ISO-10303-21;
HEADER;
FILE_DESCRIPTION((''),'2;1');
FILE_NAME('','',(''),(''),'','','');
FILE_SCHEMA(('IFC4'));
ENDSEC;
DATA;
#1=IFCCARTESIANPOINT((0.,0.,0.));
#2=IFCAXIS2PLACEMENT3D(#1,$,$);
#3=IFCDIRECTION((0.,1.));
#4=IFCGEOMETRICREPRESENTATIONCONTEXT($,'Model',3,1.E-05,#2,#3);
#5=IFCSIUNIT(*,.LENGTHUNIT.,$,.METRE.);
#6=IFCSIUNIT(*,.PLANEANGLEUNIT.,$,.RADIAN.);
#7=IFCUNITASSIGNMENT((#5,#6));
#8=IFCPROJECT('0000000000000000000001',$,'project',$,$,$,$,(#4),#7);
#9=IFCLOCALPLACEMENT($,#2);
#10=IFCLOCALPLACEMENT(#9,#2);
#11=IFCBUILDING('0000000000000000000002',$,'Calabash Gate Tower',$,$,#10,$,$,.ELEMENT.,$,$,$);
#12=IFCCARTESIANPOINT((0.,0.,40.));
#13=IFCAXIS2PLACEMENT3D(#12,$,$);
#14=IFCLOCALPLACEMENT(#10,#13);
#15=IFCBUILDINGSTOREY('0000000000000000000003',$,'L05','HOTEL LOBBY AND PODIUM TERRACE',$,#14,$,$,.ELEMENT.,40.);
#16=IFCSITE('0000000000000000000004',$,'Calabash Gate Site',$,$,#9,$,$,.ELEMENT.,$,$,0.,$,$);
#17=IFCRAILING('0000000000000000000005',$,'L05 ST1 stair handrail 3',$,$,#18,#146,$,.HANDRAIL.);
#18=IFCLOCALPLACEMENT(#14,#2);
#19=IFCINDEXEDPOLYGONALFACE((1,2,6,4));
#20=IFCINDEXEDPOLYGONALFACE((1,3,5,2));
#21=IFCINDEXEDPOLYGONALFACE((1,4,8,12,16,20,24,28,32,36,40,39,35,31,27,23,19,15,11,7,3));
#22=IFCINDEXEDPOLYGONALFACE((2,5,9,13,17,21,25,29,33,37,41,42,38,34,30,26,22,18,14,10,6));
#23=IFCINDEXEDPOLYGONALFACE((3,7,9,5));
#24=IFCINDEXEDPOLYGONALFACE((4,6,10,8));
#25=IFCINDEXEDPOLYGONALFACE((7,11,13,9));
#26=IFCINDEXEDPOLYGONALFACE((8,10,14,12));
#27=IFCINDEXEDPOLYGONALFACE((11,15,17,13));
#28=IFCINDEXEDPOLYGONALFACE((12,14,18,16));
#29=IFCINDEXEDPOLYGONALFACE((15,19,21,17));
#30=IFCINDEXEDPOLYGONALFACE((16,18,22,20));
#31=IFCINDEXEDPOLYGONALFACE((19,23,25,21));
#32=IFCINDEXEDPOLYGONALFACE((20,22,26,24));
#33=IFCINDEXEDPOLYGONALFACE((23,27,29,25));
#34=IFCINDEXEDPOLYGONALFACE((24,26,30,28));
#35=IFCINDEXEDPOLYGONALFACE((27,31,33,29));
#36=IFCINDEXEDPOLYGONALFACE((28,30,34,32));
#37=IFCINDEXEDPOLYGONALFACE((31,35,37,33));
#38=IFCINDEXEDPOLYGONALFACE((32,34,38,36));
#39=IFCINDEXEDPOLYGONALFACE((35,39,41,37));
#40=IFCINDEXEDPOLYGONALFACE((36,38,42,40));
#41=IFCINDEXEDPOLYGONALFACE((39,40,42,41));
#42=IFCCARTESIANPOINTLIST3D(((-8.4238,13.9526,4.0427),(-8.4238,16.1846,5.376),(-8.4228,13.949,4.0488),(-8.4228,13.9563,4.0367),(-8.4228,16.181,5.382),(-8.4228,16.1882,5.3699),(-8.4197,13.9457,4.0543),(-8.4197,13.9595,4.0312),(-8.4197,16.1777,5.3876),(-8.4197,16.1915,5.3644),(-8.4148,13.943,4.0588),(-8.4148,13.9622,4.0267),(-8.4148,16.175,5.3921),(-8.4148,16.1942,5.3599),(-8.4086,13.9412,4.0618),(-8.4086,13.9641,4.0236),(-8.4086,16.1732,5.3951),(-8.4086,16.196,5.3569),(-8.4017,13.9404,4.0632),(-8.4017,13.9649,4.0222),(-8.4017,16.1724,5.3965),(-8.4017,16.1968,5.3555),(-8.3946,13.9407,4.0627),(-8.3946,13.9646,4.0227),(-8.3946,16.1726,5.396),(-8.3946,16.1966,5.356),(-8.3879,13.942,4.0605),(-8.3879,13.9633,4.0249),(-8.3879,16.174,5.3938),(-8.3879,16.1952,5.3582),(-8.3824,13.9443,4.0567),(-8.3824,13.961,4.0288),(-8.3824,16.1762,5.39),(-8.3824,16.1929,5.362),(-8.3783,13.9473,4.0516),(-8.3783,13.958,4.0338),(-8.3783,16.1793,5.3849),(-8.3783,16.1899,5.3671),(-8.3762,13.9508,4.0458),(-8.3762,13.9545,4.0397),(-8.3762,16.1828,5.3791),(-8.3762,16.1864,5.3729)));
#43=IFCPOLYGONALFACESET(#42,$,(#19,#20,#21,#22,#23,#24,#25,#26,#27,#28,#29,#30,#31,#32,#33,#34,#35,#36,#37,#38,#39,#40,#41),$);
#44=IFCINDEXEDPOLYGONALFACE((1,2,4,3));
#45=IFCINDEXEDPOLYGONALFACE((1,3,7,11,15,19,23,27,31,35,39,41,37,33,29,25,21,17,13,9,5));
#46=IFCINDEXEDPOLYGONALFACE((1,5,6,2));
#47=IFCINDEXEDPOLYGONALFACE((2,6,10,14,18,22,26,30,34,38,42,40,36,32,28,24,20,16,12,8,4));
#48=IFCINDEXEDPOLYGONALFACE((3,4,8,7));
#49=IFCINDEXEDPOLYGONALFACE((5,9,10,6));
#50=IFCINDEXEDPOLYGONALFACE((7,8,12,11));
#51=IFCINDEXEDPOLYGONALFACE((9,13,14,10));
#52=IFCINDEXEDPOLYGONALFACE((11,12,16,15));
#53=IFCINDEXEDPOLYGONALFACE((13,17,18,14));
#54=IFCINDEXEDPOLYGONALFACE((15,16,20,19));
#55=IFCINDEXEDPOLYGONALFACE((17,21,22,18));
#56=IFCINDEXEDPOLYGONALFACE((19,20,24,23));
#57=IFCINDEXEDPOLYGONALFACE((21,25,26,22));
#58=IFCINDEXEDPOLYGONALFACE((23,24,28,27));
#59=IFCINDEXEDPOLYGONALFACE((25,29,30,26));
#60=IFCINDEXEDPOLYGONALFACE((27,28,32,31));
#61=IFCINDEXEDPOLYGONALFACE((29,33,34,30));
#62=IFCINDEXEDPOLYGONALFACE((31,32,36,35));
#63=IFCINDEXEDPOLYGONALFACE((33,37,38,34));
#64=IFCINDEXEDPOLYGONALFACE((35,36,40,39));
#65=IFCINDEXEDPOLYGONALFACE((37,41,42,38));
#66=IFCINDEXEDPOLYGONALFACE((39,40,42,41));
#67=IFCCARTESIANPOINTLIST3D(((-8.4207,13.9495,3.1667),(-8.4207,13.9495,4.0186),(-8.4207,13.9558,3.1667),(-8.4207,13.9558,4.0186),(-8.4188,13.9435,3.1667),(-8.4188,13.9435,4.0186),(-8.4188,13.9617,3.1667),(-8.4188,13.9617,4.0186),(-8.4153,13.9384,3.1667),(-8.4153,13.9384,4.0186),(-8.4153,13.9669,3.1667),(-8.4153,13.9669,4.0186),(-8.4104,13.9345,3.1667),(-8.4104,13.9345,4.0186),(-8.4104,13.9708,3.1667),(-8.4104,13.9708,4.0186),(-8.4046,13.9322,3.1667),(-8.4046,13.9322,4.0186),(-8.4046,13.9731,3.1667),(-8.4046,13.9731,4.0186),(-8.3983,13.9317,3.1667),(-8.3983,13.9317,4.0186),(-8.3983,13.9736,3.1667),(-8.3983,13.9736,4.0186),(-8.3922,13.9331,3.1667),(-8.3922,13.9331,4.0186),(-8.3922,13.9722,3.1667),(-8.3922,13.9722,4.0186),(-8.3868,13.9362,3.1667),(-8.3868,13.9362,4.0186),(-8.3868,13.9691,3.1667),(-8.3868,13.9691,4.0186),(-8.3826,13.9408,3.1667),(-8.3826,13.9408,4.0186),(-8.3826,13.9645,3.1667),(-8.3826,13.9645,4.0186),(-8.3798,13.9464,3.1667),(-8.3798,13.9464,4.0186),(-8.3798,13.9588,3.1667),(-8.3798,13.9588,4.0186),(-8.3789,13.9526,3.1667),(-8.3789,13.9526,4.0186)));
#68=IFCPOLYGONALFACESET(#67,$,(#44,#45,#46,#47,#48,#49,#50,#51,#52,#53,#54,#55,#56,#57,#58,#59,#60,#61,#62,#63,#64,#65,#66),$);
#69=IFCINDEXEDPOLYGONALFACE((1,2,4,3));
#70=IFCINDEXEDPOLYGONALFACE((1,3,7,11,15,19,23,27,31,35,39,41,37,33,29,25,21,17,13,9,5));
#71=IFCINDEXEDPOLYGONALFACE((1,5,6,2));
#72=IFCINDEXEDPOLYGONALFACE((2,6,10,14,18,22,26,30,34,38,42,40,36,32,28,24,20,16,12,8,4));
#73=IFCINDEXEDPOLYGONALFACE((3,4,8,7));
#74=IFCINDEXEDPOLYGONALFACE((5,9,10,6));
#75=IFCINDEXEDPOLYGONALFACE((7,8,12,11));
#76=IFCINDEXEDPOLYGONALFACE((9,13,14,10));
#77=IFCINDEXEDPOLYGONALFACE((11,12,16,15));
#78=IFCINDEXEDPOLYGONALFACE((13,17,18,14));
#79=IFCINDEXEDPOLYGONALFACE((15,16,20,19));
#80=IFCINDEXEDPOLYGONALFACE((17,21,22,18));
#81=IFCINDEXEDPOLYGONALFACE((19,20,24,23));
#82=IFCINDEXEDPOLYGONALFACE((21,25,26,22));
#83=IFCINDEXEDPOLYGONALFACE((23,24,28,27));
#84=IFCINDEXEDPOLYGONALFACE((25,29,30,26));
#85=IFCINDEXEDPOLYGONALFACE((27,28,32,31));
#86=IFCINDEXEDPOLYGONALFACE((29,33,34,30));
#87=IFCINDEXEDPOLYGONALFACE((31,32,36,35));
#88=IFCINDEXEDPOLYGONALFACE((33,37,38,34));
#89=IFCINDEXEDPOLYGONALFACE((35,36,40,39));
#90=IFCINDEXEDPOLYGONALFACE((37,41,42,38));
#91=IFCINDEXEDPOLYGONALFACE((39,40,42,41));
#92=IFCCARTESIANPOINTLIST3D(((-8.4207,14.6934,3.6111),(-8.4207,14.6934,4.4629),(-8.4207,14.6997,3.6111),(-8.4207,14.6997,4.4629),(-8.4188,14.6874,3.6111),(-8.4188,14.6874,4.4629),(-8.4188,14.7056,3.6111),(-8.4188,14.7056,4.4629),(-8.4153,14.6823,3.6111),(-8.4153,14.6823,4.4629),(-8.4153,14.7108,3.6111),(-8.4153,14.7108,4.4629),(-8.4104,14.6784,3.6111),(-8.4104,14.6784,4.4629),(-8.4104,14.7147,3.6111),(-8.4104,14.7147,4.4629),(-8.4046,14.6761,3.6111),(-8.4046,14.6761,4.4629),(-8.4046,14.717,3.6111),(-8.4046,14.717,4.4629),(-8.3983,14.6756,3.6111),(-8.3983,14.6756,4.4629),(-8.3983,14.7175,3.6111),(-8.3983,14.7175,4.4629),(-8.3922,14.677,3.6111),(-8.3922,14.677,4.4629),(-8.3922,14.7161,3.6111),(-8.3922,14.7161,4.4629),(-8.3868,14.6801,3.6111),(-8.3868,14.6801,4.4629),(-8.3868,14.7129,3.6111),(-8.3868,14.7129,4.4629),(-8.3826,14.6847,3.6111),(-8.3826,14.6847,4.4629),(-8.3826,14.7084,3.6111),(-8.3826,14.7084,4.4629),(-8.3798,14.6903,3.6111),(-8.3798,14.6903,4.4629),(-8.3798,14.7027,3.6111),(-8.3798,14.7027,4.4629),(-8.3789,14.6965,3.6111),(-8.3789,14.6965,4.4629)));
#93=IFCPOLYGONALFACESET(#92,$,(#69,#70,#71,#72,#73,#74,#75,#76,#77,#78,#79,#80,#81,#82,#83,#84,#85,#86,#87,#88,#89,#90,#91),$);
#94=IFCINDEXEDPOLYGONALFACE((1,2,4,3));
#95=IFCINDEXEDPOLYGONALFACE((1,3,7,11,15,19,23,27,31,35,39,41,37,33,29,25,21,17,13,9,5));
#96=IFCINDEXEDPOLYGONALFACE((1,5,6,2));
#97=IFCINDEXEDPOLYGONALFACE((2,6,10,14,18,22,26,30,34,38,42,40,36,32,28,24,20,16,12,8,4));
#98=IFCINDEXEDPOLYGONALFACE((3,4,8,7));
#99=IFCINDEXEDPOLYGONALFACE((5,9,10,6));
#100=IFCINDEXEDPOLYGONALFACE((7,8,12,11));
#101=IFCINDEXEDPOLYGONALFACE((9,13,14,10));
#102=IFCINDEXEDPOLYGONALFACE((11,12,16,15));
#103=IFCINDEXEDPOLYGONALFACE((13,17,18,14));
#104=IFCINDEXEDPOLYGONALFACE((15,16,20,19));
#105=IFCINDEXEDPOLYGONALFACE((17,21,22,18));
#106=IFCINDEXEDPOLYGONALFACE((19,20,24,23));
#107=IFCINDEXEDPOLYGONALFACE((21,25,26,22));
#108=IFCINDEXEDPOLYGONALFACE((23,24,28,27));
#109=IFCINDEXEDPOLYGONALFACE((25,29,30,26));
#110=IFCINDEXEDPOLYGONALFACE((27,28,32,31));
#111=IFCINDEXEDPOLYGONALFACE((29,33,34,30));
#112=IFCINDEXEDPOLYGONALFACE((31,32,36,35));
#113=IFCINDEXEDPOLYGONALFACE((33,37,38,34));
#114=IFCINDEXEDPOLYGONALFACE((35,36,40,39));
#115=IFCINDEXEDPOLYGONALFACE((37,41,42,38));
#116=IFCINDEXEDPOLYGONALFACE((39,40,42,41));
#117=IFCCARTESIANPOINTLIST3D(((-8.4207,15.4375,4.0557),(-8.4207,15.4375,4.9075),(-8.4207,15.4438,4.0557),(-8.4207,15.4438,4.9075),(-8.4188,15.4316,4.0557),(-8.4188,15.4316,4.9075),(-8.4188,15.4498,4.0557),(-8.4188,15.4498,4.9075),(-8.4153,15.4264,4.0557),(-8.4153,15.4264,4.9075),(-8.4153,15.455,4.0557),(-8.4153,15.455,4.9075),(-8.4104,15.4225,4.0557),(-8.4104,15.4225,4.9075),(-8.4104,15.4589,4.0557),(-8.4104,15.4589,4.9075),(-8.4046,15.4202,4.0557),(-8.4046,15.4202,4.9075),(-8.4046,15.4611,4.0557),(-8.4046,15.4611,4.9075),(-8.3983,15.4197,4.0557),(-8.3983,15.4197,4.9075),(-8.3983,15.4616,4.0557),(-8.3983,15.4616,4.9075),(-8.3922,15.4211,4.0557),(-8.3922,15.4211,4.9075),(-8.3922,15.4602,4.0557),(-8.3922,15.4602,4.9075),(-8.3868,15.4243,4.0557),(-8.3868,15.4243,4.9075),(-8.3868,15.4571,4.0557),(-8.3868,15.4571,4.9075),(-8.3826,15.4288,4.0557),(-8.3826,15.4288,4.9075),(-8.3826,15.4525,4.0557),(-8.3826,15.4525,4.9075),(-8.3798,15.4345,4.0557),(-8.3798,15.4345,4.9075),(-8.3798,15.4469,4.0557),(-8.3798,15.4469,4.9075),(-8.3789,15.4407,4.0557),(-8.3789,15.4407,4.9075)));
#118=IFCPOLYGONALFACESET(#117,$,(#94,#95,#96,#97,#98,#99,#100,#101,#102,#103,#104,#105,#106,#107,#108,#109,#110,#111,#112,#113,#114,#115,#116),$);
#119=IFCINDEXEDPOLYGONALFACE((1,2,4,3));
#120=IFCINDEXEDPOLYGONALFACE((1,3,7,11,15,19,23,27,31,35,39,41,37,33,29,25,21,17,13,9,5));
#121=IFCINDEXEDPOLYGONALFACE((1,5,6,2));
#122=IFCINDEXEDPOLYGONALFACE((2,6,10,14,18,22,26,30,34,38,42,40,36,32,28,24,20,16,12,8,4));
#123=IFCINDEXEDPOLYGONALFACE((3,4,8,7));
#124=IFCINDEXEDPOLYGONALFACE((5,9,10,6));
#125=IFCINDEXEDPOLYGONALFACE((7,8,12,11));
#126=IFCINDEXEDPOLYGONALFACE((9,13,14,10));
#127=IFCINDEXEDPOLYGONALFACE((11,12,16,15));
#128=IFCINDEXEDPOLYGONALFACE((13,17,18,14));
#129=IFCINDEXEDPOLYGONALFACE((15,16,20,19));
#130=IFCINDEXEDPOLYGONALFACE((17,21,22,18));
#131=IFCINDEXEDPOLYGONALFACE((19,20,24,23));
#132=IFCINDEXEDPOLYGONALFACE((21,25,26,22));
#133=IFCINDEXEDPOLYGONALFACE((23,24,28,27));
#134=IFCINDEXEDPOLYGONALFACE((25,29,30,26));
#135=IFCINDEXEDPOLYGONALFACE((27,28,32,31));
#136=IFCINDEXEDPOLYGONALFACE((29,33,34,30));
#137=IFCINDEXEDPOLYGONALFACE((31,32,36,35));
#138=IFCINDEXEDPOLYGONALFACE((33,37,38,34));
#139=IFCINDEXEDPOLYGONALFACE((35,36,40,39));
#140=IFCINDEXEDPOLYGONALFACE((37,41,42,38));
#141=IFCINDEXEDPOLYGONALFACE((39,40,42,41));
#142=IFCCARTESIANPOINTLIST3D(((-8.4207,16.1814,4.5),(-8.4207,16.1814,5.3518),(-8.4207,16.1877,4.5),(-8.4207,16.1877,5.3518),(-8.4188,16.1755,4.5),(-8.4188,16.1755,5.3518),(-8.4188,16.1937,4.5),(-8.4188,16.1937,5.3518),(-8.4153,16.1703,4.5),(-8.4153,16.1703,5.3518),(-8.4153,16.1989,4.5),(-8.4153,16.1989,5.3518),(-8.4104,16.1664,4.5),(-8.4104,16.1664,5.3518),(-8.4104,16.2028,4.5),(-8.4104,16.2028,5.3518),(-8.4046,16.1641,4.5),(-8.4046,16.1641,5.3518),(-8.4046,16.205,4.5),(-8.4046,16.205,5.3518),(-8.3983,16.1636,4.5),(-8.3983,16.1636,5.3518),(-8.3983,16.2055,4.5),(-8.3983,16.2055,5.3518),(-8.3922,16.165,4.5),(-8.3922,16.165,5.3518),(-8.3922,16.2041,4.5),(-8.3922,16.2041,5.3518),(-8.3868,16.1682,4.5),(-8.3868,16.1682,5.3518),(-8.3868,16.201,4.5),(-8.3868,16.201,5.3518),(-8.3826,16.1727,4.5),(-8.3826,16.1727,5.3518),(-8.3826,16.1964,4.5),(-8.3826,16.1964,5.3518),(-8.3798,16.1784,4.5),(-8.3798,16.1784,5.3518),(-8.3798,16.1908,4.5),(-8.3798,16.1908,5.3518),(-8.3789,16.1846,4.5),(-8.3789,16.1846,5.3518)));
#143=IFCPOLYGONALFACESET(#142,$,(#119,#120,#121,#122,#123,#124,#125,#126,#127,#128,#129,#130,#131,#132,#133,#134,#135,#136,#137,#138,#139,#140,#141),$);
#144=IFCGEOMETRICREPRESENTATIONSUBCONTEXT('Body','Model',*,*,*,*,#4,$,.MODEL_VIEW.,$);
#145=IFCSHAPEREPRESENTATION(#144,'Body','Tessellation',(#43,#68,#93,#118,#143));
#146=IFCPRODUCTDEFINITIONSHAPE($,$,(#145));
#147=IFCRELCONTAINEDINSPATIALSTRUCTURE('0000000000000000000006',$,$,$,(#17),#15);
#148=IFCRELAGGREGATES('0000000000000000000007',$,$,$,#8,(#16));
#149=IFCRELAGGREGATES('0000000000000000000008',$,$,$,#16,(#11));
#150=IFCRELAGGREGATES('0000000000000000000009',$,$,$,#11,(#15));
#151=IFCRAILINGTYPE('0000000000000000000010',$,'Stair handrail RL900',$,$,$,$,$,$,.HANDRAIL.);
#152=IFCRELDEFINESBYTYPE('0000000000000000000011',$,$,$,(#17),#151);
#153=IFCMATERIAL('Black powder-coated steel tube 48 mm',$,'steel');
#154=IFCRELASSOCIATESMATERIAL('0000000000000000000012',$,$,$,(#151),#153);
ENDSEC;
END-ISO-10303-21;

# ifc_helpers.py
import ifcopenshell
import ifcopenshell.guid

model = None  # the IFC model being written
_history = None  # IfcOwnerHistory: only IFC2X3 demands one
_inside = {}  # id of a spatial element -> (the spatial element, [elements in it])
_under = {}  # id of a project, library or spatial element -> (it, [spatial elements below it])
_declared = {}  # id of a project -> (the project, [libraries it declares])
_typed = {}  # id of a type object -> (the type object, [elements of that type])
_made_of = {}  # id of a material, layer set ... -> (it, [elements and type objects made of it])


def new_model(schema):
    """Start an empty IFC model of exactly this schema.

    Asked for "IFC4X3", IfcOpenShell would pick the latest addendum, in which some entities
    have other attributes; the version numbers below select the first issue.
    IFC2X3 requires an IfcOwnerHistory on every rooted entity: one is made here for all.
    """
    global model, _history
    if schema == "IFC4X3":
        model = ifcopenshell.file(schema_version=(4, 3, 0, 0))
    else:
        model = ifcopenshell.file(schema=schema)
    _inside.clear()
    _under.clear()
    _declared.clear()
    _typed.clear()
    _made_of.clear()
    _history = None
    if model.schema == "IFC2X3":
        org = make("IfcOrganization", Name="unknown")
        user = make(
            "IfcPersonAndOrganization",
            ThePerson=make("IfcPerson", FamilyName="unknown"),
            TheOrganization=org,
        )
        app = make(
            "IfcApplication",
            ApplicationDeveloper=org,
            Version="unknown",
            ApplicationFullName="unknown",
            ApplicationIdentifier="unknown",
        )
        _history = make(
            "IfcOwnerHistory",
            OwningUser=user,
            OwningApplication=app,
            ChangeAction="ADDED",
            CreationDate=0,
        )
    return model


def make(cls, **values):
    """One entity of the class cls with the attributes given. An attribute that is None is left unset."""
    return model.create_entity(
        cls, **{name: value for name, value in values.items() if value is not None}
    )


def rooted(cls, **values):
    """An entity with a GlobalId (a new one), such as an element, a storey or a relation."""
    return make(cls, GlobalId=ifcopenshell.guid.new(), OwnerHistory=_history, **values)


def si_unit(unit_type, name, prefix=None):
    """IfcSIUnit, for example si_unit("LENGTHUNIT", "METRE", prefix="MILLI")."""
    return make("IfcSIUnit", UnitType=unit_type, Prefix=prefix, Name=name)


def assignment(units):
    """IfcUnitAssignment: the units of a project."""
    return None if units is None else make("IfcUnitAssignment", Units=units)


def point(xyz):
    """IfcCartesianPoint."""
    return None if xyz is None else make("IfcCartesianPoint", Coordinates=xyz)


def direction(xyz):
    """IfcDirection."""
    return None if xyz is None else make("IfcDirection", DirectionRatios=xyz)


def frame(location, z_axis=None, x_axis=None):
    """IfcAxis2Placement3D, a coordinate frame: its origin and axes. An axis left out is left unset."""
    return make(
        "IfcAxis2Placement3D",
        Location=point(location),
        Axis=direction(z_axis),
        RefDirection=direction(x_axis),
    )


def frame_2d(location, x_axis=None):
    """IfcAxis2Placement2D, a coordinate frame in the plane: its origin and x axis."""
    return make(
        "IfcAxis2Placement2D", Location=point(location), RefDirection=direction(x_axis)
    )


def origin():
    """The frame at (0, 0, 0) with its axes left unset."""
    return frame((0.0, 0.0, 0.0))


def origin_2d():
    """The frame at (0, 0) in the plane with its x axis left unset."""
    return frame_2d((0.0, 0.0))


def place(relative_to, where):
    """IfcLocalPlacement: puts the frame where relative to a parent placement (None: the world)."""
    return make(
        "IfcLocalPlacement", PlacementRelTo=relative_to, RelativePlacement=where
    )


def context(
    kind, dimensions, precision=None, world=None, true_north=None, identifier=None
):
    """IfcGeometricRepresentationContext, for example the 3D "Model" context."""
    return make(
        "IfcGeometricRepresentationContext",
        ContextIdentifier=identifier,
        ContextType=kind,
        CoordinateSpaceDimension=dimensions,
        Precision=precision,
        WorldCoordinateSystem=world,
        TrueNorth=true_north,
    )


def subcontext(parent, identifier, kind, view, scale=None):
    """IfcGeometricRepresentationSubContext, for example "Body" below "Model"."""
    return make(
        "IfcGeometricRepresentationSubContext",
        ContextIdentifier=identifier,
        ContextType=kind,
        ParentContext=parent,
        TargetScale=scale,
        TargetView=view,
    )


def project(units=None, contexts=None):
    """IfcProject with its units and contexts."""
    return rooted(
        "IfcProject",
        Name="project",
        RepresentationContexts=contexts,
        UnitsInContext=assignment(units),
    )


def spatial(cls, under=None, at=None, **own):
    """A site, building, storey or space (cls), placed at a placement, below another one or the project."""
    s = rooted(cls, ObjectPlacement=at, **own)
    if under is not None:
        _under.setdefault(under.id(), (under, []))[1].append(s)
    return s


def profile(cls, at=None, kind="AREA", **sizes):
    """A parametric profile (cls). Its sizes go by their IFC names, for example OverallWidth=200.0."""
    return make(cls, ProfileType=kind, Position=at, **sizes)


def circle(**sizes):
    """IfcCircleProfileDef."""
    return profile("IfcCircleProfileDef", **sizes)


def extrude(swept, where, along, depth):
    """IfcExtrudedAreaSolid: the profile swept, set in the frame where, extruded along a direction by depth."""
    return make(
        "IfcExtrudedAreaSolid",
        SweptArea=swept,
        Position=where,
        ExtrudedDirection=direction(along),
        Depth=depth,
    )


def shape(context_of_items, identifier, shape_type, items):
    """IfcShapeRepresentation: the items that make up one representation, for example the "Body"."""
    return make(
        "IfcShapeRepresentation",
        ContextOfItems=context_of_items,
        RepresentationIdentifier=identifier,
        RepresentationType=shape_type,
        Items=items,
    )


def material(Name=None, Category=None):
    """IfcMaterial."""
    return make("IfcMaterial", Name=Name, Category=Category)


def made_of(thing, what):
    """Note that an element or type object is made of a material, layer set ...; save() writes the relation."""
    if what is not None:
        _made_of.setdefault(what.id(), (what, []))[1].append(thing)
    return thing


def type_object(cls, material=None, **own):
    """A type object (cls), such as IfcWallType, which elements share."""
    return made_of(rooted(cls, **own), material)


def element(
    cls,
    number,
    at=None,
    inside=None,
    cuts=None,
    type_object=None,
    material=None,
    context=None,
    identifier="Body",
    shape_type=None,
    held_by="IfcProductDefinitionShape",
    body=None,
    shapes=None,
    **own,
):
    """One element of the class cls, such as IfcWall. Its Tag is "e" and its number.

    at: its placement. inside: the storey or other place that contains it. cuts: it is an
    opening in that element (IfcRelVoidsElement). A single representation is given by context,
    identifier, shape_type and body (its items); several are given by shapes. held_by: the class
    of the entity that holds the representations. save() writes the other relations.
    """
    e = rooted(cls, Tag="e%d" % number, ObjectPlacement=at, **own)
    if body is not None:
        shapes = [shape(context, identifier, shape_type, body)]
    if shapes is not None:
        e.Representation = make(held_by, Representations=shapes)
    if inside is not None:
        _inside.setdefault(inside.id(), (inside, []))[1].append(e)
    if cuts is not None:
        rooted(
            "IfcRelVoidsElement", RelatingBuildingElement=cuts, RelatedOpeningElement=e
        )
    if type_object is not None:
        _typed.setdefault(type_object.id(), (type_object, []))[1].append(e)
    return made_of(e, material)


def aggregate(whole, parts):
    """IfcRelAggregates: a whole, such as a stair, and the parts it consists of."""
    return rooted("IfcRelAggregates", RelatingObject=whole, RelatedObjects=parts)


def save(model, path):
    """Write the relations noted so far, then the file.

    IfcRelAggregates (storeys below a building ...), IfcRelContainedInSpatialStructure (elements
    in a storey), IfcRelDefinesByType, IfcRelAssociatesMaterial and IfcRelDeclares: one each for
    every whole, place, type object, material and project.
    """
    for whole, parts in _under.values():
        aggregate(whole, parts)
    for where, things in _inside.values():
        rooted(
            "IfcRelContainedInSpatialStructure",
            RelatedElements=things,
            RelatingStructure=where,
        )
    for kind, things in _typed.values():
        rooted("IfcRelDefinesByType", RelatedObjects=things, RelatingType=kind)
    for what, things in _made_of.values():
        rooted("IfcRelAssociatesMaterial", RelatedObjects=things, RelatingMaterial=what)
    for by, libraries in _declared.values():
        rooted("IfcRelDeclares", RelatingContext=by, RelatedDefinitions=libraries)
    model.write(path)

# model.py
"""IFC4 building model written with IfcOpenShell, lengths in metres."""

from ifc_helpers import new_model, si_unit, direction, frame, origin, origin_2d, place, context, subcontext, project, spatial, circle, extrude, material, type_object, element, save


model = new_model("IFC4")

# Units and contexts
model_context = context("Model", 3, precision=1e-05, world=origin(), true_north=direction((0.0, 1.0)))
body_context = subcontext(model_context, "Body", "Model", "MODEL_VIEW")
ifc_project = project(units=[si_unit("LENGTHUNIT", "METRE"), si_unit("PLANEANGLEUNIT", "RADIAN")], contexts=[model_context])

# Site, building, storey
site_placement = place(None, origin())
site = spatial("IfcSite", under=ifc_project, at=site_placement, Name="Calabash Gate Site", CompositionType="ELEMENT", RefElevation=0.0)
building_placement = place(site_placement, origin())
building = spatial("IfcBuilding", under=site, at=building_placement, Name="Calabash Gate Tower", CompositionType="ELEMENT")
storey_placement = place(building_placement, frame((0.0, 0.0, 40.0)))
storey = spatial("IfcBuildingStorey", under=building, at=storey_placement, Name="L05", Description="HOTEL LOBBY AND PODIUM TERRACE", CompositionType="ELEMENT", Elevation=40.0)

# Railing
ifc_material_1 = material(Name="Black powder-coated steel tube 48 mm", Category="steel")
railing_type = type_object("IfcRailingType", Name="Stair handrail RL900", PredefinedType="HANDRAIL", material=ifc_material_1)
for number, where, name in (
    (1, (-8.3999, 13.9526, 3.1667), "L05 ST1 stair handrail 3"),
):
    element("IfcRailing", number, at=place(storey_placement, frame(where)), inside=storey, type_object=railing_type, Name=name, PredefinedType="HANDRAIL", context=body_context, shape_type="SweptSolid", body=[
        extrude(circle(Radius=0.0239, at=origin_2d()), frame((0.0, 0.0, 0.876), z_axis=(0.0, 0.858494, 0.512824), x_axis=(-1.0, 0.0, 0.0)), (0.0, 0.0, 1.0), 2.5999),
        extrude(circle(Radius=0.021, at=origin_2d()), origin(), (0.0, 0.0, 1.0), 0.8518),
        extrude(circle(Radius=0.021, at=origin_2d()), frame((0.0, 0.7439, 0.4443)), (0.0, 0.0, 1.0), 0.8518),
        extrude(circle(Radius=0.021, at=origin_2d()), frame((0.0, 1.488, 0.8889)), (0.0, 0.0, 1.0), 0.8518),
        extrude(circle(Radius=0.021, at=origin_2d()), frame((0.0, 2.2319, 1.3333)), (0.0, 0.0, 1.0), 0.8518),
    ])

save(model, "model.ifc")
